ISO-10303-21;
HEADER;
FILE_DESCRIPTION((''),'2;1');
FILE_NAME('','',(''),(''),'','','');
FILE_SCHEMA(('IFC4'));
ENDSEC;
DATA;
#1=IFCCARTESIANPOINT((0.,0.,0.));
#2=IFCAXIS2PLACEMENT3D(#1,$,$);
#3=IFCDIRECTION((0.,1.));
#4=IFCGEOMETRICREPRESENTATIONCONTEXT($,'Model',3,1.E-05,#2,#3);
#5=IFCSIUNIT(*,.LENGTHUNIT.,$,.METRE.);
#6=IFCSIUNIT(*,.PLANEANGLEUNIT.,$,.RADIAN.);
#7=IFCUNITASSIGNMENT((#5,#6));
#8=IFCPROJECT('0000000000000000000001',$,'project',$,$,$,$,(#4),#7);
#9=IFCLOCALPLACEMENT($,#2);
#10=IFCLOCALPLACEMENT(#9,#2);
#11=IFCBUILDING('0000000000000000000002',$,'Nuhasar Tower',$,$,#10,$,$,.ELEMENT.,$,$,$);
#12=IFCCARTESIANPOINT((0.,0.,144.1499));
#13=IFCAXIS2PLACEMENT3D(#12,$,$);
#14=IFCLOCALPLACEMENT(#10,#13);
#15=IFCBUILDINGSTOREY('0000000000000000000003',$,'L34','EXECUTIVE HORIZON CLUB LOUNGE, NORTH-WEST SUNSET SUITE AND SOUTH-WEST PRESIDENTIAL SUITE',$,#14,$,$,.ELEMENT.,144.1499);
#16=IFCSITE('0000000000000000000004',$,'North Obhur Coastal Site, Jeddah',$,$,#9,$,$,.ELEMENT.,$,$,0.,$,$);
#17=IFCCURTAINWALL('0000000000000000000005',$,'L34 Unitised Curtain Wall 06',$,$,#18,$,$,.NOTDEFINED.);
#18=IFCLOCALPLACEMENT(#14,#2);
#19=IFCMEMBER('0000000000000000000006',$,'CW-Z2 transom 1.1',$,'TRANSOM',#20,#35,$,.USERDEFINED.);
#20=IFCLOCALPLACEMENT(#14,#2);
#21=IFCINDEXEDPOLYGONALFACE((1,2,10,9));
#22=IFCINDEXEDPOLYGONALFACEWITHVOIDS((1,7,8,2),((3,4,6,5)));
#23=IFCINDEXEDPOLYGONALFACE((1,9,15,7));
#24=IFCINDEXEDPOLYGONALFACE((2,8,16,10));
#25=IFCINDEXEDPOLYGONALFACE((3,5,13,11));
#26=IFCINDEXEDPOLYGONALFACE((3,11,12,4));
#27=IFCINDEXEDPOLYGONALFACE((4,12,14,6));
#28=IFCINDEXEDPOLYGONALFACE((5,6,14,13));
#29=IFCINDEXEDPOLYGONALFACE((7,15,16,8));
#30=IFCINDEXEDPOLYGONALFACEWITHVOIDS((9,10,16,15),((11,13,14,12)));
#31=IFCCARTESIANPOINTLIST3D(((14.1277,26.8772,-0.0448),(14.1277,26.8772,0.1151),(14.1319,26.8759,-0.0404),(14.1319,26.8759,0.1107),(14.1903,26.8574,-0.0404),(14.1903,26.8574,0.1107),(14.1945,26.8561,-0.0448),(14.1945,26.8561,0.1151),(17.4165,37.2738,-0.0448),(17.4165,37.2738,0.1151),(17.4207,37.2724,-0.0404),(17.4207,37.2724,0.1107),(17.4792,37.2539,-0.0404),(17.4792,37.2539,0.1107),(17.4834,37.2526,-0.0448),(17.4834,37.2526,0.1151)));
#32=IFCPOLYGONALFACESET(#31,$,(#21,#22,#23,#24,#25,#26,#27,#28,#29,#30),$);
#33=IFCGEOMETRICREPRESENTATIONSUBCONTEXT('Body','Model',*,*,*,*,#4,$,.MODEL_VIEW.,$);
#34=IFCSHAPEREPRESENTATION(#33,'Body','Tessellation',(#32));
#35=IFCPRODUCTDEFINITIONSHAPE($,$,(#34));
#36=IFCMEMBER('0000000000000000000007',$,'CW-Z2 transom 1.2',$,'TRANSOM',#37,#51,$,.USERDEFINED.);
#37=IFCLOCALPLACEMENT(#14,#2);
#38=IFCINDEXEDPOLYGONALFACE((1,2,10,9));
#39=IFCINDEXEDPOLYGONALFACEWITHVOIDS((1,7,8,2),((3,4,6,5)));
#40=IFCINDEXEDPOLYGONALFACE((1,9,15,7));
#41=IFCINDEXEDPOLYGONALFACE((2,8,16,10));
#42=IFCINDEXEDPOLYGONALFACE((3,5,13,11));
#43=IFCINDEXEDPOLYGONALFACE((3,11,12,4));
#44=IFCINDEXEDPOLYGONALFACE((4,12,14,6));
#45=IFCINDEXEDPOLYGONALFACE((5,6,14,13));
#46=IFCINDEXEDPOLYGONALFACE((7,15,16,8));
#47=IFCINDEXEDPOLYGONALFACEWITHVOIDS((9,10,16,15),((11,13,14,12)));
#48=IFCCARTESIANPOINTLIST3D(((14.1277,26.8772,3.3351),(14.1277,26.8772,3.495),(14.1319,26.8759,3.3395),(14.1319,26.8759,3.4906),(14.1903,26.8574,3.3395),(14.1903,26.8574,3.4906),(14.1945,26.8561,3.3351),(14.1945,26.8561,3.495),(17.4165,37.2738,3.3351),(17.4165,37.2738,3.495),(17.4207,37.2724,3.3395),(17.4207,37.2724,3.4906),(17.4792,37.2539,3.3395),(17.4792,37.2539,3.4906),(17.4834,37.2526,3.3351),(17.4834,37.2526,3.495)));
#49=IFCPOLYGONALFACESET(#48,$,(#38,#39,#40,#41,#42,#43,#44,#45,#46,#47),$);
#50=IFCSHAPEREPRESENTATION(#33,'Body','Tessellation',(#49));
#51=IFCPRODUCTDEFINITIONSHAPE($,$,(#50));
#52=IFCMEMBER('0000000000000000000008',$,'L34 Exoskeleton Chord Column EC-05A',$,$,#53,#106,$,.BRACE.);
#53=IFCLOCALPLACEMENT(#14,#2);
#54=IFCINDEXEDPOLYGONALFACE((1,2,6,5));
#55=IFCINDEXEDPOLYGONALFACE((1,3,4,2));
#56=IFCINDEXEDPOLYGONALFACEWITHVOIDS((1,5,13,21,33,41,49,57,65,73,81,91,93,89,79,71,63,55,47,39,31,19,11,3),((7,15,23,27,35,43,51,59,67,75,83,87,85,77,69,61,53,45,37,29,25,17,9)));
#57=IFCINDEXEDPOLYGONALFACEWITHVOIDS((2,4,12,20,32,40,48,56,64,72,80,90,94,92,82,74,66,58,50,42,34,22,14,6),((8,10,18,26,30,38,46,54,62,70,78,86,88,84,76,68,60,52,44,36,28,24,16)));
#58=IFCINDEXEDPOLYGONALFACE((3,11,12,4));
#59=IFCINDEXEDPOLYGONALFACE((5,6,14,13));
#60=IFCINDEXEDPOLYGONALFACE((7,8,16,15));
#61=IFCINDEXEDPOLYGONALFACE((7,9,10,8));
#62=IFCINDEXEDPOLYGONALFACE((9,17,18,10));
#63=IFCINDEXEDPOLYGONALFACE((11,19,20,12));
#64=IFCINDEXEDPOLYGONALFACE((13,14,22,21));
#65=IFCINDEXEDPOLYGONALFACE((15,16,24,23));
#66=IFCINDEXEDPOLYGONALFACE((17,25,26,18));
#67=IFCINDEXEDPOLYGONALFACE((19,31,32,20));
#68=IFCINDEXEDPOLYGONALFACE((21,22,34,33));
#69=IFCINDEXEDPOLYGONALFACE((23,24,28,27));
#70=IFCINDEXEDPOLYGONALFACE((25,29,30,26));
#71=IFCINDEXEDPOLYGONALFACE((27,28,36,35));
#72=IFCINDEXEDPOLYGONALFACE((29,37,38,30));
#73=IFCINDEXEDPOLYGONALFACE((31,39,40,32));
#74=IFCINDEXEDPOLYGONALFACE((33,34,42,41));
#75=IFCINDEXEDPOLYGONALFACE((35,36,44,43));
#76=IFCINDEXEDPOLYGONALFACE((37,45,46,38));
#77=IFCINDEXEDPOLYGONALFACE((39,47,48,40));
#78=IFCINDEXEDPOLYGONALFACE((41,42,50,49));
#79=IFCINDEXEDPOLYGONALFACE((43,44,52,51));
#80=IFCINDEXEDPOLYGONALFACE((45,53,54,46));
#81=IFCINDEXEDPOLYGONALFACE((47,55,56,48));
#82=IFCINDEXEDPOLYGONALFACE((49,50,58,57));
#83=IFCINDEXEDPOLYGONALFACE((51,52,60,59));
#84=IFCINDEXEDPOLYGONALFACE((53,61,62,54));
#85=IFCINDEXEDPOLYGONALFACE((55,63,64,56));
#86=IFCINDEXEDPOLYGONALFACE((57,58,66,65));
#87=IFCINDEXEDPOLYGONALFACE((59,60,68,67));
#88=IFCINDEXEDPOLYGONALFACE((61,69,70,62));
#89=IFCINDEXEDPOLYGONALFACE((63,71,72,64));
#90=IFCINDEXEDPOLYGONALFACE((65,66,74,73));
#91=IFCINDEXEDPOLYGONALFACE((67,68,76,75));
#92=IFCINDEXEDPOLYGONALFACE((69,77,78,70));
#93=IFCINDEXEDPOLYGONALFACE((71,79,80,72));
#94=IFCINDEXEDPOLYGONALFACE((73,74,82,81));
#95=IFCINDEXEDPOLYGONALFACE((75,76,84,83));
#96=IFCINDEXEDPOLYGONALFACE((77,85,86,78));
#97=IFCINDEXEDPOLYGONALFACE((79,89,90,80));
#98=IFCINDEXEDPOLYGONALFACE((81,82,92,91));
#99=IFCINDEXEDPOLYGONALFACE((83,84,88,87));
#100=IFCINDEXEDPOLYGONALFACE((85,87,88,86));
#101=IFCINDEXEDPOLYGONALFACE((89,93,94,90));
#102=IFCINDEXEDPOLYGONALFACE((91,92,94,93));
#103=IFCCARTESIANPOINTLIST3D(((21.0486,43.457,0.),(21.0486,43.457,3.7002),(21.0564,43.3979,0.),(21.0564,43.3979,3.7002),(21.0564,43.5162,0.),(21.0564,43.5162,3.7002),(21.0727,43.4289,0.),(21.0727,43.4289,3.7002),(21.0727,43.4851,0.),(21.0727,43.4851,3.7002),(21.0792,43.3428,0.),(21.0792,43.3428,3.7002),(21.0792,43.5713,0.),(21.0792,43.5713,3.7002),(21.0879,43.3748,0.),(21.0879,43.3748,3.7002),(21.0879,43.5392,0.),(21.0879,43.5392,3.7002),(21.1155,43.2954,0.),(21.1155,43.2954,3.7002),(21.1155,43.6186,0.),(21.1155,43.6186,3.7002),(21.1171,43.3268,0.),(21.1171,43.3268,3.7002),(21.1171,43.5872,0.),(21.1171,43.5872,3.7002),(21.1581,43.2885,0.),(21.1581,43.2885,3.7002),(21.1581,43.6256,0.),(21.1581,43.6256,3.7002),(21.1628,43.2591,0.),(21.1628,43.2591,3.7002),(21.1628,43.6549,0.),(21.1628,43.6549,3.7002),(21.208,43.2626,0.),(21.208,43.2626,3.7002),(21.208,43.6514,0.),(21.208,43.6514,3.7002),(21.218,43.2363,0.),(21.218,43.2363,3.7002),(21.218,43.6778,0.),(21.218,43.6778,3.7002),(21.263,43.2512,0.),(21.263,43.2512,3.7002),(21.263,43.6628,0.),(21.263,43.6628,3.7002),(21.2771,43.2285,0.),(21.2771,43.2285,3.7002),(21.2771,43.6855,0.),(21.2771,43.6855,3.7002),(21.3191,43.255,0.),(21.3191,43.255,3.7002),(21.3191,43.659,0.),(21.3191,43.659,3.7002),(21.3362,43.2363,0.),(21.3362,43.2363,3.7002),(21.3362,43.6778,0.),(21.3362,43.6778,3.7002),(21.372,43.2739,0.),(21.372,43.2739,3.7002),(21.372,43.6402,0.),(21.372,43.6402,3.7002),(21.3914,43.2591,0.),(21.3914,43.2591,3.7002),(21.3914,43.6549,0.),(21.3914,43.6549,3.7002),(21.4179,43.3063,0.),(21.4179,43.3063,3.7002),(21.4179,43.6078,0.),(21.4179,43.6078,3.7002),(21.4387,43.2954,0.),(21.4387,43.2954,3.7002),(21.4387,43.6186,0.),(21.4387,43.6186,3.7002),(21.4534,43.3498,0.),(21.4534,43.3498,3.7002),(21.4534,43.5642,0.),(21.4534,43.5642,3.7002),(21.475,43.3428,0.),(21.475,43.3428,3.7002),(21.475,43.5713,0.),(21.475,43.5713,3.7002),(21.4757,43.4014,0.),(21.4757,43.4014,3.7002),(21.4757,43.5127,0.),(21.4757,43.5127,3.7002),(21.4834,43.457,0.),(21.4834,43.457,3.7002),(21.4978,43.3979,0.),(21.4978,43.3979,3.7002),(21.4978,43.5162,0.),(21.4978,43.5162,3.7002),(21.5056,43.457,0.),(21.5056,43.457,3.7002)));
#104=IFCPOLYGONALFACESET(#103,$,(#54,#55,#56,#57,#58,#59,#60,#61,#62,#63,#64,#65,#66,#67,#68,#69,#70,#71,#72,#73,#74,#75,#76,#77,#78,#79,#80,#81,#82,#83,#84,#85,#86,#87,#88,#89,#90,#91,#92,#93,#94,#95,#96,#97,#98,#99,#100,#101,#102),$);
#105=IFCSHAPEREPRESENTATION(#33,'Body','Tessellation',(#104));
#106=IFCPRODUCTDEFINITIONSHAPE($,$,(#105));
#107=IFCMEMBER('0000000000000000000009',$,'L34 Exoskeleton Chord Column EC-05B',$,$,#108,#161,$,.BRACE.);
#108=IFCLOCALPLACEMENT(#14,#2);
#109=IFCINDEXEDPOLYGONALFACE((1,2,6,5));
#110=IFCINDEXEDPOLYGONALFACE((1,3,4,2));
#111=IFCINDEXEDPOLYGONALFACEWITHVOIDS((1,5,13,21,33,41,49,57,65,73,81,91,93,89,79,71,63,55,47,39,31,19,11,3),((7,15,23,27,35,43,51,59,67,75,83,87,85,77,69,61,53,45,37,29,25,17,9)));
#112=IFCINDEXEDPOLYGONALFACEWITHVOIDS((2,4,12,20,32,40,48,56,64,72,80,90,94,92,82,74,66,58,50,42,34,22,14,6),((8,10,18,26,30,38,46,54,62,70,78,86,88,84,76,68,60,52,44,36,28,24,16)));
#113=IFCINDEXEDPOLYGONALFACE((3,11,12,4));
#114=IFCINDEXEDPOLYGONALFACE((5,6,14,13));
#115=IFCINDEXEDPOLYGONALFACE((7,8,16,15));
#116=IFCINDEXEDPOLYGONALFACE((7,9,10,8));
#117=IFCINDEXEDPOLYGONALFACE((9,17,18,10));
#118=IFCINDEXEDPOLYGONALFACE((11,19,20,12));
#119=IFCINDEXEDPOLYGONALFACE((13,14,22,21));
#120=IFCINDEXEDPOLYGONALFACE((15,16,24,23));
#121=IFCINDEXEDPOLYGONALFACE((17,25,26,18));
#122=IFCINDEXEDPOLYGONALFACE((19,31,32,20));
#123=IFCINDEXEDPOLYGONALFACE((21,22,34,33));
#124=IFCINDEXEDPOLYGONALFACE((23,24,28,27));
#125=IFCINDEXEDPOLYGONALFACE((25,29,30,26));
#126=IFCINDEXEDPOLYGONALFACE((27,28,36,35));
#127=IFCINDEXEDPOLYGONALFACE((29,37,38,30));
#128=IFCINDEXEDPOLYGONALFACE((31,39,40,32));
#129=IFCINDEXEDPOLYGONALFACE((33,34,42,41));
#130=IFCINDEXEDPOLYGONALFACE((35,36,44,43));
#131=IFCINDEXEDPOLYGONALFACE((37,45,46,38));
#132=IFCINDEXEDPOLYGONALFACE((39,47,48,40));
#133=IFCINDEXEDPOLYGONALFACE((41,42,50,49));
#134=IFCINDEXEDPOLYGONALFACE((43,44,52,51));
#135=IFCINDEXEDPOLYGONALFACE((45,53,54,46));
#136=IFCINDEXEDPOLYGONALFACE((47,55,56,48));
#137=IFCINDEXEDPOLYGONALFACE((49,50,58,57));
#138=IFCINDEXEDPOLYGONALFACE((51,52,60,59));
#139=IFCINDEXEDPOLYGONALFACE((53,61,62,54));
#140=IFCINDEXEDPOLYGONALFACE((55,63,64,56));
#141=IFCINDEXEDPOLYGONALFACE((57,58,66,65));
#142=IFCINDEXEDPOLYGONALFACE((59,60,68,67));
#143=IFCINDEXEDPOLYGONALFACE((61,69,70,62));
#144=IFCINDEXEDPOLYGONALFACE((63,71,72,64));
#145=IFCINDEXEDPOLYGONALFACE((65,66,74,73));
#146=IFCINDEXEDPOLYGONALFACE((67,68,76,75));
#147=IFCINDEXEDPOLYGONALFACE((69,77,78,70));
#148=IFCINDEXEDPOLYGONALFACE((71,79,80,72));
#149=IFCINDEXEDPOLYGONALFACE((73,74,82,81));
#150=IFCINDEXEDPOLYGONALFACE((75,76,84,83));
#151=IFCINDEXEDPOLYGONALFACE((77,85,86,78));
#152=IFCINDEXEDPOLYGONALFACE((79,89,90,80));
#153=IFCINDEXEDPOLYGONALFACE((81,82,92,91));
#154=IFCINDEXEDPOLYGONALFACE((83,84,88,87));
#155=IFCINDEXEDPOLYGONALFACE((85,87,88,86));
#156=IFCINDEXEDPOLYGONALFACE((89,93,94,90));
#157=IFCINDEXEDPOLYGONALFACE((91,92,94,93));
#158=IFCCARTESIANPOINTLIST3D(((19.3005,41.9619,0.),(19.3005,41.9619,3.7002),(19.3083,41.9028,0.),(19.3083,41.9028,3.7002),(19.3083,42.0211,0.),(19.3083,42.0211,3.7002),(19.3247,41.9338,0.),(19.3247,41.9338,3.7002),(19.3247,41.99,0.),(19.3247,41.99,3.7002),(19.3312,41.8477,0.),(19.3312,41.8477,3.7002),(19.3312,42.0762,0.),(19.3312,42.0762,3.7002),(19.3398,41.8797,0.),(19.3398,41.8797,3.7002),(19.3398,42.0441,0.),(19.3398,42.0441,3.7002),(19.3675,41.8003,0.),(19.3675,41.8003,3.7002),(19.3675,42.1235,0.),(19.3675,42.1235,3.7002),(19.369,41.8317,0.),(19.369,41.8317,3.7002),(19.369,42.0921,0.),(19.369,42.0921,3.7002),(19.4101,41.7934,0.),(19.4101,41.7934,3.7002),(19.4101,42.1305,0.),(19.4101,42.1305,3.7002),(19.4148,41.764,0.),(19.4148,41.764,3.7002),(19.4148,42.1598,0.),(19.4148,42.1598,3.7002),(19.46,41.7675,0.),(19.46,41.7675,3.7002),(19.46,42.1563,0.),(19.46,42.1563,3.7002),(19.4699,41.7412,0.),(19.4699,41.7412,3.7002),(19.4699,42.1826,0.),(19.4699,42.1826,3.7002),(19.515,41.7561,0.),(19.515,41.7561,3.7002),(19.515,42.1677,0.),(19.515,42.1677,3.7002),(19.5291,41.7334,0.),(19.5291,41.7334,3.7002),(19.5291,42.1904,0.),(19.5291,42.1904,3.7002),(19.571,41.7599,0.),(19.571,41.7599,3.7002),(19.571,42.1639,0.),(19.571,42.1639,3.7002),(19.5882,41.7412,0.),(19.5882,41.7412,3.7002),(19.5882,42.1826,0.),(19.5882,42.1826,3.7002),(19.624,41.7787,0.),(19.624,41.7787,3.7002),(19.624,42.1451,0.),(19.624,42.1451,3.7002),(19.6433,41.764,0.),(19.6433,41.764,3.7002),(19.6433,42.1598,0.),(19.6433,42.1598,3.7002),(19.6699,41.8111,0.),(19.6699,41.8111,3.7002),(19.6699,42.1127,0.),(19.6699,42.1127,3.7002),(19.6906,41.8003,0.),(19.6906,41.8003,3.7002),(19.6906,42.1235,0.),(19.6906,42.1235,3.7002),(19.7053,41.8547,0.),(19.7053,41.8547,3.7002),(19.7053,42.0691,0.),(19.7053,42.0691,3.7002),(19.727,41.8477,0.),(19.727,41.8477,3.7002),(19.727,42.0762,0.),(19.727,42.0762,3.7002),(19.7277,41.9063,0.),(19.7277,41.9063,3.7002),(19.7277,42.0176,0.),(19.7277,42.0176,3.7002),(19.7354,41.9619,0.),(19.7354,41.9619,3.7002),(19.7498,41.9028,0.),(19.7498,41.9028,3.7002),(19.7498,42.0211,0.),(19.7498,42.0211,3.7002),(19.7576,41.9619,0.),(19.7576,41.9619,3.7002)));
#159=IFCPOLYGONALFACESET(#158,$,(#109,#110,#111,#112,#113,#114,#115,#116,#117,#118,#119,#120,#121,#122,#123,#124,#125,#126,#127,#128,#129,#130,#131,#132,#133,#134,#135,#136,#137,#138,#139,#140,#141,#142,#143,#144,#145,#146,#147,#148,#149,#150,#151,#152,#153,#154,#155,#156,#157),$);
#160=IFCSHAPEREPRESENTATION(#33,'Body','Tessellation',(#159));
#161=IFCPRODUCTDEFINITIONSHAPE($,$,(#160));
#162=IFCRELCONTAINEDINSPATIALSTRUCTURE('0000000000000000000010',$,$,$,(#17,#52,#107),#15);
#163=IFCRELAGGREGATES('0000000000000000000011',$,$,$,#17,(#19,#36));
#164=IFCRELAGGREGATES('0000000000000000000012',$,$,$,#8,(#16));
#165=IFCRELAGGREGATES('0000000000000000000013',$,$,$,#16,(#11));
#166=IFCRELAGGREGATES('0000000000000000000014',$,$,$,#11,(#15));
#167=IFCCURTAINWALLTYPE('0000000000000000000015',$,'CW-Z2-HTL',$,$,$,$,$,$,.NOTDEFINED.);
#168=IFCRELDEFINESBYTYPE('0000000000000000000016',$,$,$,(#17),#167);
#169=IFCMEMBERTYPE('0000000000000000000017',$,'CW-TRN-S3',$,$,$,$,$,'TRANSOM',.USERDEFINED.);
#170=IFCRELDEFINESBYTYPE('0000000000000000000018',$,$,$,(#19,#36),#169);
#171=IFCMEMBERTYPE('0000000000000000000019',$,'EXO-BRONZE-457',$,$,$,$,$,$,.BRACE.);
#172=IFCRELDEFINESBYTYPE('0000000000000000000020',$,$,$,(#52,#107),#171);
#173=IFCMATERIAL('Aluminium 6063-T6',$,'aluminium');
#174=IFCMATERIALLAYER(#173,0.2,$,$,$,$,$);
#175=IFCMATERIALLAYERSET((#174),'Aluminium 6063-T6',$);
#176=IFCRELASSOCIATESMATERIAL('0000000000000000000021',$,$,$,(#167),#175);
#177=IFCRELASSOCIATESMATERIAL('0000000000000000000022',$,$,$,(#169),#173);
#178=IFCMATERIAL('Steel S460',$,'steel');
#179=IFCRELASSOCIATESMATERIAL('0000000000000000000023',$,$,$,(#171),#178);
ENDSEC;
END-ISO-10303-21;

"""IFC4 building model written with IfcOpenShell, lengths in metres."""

from ifc_helpers import new_model, si_unit, direction, frame, origin, origin_2d, place, context, subcontext, project, spatial, hollow_rectangle, hollow_circle, extrude, material, layer, layer_set, material_profile, profile_set, type_object, element, aggregate, save


model = new_model("IFC4")

# Units and contexts
model_context = context("Model", 3, precision=1e-05, world=origin(), true_north=direction((0.0, 1.0)))
body_context = subcontext(model_context, "Body", "Model", "MODEL_VIEW")
ifc_project = project(units=[si_unit("LENGTHUNIT", "METRE"), si_unit("PLANEANGLEUNIT", "RADIAN")], contexts=[model_context])

# Site, building, storey
site_placement = place(None, origin())
site = spatial("IfcSite", under=ifc_project, at=site_placement, Name="North Obhur Coastal Site, Jeddah", CompositionType="ELEMENT", RefElevation=0.0)
building_placement = place(site_placement, origin())
building = spatial("IfcBuilding", under=site, at=building_placement, Name="Nuhasar Tower", CompositionType="ELEMENT")
storey_placement = place(building_placement, frame((0.0, 0.0, 144.1499)))
storey = spatial("IfcBuildingStorey", under=building, at=storey_placement, Name="L34", Description="EXECUTIVE HORIZON CLUB LOUNGE, NORTH-WEST SUNSET SUITE AND SOUTH-WEST PRESIDENTIAL SUITE", CompositionType="ELEMENT", Elevation=144.1499)

# Shared definitions
ifc_material_1 = material(Name="Aluminium 6063-T6", Category="aluminium")
ifc_layer_1 = layer(ifc_material_1, 0.2)
ifc_layer_set_1 = layer_set([ifc_layer_1], Name="Aluminium 6063-T6")
curtain_wall_type = type_object("IfcCurtainWallType", Name="CW-Z2-HTL", PredefinedType="NOTDEFINED", material=ifc_layer_set_1)

# Curtain wall
curtain_wall_1_placement = place(storey_placement, origin())
curtain_wall_1 = element("IfcCurtainWall", 1, at=curtain_wall_1_placement, inside=storey, type_object=curtain_wall_type, Name="L34 Unitised Curtain Wall 06", PredefinedType="NOTDEFINED")

# Members
ifc_material_profile_1 = material_profile(ifc_material_1, hollow_rectangle(XDim=0.0701, YDim=0.1599, WallThickness=0.0044, at=origin_2d()), Name="CWT-3")
ifc_profile_set_1 = profile_set([ifc_material_profile_1], Name="Aluminium 6063-T6")
member_type_1 = type_object("IfcMemberType", Name="CW-TRN-S3", ElementType="TRANSOM", PredefinedType="USERDEFINED", material=ifc_profile_set_1)
member_1_placement = place(storey_placement, frame((17.45, 37.2632, 0.0352), z_axis=(-0.301608, -0.953432, 0.0), x_axis=(0.953432, -0.301608, 0.0)))
member_1 = element("IfcMember", 2, at=member_1_placement, type_object=member_type_1, Name="CW-Z2 transom 1.1", ObjectType="TRANSOM", PredefinedType="USERDEFINED", context=body_context, shape_type="SweptSolid", body=[
    extrude(hollow_rectangle(XDim=0.0701, YDim=0.1599, WallThickness=0.0044, at=origin_2d()), origin(), (0.0, 0.0, 1.0), 10.9043),
])
member_2_placement = place(storey_placement, frame((17.45, 37.2632, 3.415), z_axis=(-0.301608, -0.953432, 0.0), x_axis=(0.953432, -0.301608, 0.0)))
member_2 = element("IfcMember", 3, at=member_2_placement, type_object=member_type_1, Name="CW-Z2 transom 1.2", ObjectType="TRANSOM", PredefinedType="USERDEFINED", context=body_context, shape_type="SweptSolid", body=[
    extrude(hollow_rectangle(XDim=0.0701, YDim=0.1599, WallThickness=0.0044, at=origin_2d()), origin(), (0.0, 0.0, 1.0), 10.9043),
])
aggregate(curtain_wall_1, [member_1, member_2])

# Members
ifc_material_2 = material(Name="Steel S460", Category="steel")
ifc_material_profile_2 = material_profile(ifc_material_2, hollow_circle(Radius=0.2285, WallThickness=0.0222, at=origin_2d()), Name="HSS457X22.2")
ifc_profile_set_2 = profile_set([ifc_material_profile_2], Name="Steel S460")
member_type_2 = type_object("IfcMemberType", Name="EXO-BRONZE-457", PredefinedType="BRACE", material=ifc_profile_set_2)
for number, where, z_axis, x_axis, name in (
    (4, (21.2771, 43.457, 0.0), (0.0, 0.0, 1.0), (1.0, 0.0, 0.0), "L34 Exoskeleton Chord Column EC-05A"),
    (5, (19.5291, 41.9619, 0.0), (0.0, 0.0, 1.0), (1.0, 0.0, 0.0), "L34 Exoskeleton Chord Column EC-05B"),
):
    element("IfcMember", number, at=place(storey_placement, frame(where, z_axis=z_axis, x_axis=x_axis)), inside=storey, type_object=member_type_2, Name=name, PredefinedType="BRACE", context=body_context, shape_type="SweptSolid", body=[
        extrude(hollow_circle(Radius=0.2285, WallThickness=0.0222, at=origin_2d()), origin(), (0.0, 0.0, 1.0), 3.7002),
    ])

save(model, "model.ifc")
